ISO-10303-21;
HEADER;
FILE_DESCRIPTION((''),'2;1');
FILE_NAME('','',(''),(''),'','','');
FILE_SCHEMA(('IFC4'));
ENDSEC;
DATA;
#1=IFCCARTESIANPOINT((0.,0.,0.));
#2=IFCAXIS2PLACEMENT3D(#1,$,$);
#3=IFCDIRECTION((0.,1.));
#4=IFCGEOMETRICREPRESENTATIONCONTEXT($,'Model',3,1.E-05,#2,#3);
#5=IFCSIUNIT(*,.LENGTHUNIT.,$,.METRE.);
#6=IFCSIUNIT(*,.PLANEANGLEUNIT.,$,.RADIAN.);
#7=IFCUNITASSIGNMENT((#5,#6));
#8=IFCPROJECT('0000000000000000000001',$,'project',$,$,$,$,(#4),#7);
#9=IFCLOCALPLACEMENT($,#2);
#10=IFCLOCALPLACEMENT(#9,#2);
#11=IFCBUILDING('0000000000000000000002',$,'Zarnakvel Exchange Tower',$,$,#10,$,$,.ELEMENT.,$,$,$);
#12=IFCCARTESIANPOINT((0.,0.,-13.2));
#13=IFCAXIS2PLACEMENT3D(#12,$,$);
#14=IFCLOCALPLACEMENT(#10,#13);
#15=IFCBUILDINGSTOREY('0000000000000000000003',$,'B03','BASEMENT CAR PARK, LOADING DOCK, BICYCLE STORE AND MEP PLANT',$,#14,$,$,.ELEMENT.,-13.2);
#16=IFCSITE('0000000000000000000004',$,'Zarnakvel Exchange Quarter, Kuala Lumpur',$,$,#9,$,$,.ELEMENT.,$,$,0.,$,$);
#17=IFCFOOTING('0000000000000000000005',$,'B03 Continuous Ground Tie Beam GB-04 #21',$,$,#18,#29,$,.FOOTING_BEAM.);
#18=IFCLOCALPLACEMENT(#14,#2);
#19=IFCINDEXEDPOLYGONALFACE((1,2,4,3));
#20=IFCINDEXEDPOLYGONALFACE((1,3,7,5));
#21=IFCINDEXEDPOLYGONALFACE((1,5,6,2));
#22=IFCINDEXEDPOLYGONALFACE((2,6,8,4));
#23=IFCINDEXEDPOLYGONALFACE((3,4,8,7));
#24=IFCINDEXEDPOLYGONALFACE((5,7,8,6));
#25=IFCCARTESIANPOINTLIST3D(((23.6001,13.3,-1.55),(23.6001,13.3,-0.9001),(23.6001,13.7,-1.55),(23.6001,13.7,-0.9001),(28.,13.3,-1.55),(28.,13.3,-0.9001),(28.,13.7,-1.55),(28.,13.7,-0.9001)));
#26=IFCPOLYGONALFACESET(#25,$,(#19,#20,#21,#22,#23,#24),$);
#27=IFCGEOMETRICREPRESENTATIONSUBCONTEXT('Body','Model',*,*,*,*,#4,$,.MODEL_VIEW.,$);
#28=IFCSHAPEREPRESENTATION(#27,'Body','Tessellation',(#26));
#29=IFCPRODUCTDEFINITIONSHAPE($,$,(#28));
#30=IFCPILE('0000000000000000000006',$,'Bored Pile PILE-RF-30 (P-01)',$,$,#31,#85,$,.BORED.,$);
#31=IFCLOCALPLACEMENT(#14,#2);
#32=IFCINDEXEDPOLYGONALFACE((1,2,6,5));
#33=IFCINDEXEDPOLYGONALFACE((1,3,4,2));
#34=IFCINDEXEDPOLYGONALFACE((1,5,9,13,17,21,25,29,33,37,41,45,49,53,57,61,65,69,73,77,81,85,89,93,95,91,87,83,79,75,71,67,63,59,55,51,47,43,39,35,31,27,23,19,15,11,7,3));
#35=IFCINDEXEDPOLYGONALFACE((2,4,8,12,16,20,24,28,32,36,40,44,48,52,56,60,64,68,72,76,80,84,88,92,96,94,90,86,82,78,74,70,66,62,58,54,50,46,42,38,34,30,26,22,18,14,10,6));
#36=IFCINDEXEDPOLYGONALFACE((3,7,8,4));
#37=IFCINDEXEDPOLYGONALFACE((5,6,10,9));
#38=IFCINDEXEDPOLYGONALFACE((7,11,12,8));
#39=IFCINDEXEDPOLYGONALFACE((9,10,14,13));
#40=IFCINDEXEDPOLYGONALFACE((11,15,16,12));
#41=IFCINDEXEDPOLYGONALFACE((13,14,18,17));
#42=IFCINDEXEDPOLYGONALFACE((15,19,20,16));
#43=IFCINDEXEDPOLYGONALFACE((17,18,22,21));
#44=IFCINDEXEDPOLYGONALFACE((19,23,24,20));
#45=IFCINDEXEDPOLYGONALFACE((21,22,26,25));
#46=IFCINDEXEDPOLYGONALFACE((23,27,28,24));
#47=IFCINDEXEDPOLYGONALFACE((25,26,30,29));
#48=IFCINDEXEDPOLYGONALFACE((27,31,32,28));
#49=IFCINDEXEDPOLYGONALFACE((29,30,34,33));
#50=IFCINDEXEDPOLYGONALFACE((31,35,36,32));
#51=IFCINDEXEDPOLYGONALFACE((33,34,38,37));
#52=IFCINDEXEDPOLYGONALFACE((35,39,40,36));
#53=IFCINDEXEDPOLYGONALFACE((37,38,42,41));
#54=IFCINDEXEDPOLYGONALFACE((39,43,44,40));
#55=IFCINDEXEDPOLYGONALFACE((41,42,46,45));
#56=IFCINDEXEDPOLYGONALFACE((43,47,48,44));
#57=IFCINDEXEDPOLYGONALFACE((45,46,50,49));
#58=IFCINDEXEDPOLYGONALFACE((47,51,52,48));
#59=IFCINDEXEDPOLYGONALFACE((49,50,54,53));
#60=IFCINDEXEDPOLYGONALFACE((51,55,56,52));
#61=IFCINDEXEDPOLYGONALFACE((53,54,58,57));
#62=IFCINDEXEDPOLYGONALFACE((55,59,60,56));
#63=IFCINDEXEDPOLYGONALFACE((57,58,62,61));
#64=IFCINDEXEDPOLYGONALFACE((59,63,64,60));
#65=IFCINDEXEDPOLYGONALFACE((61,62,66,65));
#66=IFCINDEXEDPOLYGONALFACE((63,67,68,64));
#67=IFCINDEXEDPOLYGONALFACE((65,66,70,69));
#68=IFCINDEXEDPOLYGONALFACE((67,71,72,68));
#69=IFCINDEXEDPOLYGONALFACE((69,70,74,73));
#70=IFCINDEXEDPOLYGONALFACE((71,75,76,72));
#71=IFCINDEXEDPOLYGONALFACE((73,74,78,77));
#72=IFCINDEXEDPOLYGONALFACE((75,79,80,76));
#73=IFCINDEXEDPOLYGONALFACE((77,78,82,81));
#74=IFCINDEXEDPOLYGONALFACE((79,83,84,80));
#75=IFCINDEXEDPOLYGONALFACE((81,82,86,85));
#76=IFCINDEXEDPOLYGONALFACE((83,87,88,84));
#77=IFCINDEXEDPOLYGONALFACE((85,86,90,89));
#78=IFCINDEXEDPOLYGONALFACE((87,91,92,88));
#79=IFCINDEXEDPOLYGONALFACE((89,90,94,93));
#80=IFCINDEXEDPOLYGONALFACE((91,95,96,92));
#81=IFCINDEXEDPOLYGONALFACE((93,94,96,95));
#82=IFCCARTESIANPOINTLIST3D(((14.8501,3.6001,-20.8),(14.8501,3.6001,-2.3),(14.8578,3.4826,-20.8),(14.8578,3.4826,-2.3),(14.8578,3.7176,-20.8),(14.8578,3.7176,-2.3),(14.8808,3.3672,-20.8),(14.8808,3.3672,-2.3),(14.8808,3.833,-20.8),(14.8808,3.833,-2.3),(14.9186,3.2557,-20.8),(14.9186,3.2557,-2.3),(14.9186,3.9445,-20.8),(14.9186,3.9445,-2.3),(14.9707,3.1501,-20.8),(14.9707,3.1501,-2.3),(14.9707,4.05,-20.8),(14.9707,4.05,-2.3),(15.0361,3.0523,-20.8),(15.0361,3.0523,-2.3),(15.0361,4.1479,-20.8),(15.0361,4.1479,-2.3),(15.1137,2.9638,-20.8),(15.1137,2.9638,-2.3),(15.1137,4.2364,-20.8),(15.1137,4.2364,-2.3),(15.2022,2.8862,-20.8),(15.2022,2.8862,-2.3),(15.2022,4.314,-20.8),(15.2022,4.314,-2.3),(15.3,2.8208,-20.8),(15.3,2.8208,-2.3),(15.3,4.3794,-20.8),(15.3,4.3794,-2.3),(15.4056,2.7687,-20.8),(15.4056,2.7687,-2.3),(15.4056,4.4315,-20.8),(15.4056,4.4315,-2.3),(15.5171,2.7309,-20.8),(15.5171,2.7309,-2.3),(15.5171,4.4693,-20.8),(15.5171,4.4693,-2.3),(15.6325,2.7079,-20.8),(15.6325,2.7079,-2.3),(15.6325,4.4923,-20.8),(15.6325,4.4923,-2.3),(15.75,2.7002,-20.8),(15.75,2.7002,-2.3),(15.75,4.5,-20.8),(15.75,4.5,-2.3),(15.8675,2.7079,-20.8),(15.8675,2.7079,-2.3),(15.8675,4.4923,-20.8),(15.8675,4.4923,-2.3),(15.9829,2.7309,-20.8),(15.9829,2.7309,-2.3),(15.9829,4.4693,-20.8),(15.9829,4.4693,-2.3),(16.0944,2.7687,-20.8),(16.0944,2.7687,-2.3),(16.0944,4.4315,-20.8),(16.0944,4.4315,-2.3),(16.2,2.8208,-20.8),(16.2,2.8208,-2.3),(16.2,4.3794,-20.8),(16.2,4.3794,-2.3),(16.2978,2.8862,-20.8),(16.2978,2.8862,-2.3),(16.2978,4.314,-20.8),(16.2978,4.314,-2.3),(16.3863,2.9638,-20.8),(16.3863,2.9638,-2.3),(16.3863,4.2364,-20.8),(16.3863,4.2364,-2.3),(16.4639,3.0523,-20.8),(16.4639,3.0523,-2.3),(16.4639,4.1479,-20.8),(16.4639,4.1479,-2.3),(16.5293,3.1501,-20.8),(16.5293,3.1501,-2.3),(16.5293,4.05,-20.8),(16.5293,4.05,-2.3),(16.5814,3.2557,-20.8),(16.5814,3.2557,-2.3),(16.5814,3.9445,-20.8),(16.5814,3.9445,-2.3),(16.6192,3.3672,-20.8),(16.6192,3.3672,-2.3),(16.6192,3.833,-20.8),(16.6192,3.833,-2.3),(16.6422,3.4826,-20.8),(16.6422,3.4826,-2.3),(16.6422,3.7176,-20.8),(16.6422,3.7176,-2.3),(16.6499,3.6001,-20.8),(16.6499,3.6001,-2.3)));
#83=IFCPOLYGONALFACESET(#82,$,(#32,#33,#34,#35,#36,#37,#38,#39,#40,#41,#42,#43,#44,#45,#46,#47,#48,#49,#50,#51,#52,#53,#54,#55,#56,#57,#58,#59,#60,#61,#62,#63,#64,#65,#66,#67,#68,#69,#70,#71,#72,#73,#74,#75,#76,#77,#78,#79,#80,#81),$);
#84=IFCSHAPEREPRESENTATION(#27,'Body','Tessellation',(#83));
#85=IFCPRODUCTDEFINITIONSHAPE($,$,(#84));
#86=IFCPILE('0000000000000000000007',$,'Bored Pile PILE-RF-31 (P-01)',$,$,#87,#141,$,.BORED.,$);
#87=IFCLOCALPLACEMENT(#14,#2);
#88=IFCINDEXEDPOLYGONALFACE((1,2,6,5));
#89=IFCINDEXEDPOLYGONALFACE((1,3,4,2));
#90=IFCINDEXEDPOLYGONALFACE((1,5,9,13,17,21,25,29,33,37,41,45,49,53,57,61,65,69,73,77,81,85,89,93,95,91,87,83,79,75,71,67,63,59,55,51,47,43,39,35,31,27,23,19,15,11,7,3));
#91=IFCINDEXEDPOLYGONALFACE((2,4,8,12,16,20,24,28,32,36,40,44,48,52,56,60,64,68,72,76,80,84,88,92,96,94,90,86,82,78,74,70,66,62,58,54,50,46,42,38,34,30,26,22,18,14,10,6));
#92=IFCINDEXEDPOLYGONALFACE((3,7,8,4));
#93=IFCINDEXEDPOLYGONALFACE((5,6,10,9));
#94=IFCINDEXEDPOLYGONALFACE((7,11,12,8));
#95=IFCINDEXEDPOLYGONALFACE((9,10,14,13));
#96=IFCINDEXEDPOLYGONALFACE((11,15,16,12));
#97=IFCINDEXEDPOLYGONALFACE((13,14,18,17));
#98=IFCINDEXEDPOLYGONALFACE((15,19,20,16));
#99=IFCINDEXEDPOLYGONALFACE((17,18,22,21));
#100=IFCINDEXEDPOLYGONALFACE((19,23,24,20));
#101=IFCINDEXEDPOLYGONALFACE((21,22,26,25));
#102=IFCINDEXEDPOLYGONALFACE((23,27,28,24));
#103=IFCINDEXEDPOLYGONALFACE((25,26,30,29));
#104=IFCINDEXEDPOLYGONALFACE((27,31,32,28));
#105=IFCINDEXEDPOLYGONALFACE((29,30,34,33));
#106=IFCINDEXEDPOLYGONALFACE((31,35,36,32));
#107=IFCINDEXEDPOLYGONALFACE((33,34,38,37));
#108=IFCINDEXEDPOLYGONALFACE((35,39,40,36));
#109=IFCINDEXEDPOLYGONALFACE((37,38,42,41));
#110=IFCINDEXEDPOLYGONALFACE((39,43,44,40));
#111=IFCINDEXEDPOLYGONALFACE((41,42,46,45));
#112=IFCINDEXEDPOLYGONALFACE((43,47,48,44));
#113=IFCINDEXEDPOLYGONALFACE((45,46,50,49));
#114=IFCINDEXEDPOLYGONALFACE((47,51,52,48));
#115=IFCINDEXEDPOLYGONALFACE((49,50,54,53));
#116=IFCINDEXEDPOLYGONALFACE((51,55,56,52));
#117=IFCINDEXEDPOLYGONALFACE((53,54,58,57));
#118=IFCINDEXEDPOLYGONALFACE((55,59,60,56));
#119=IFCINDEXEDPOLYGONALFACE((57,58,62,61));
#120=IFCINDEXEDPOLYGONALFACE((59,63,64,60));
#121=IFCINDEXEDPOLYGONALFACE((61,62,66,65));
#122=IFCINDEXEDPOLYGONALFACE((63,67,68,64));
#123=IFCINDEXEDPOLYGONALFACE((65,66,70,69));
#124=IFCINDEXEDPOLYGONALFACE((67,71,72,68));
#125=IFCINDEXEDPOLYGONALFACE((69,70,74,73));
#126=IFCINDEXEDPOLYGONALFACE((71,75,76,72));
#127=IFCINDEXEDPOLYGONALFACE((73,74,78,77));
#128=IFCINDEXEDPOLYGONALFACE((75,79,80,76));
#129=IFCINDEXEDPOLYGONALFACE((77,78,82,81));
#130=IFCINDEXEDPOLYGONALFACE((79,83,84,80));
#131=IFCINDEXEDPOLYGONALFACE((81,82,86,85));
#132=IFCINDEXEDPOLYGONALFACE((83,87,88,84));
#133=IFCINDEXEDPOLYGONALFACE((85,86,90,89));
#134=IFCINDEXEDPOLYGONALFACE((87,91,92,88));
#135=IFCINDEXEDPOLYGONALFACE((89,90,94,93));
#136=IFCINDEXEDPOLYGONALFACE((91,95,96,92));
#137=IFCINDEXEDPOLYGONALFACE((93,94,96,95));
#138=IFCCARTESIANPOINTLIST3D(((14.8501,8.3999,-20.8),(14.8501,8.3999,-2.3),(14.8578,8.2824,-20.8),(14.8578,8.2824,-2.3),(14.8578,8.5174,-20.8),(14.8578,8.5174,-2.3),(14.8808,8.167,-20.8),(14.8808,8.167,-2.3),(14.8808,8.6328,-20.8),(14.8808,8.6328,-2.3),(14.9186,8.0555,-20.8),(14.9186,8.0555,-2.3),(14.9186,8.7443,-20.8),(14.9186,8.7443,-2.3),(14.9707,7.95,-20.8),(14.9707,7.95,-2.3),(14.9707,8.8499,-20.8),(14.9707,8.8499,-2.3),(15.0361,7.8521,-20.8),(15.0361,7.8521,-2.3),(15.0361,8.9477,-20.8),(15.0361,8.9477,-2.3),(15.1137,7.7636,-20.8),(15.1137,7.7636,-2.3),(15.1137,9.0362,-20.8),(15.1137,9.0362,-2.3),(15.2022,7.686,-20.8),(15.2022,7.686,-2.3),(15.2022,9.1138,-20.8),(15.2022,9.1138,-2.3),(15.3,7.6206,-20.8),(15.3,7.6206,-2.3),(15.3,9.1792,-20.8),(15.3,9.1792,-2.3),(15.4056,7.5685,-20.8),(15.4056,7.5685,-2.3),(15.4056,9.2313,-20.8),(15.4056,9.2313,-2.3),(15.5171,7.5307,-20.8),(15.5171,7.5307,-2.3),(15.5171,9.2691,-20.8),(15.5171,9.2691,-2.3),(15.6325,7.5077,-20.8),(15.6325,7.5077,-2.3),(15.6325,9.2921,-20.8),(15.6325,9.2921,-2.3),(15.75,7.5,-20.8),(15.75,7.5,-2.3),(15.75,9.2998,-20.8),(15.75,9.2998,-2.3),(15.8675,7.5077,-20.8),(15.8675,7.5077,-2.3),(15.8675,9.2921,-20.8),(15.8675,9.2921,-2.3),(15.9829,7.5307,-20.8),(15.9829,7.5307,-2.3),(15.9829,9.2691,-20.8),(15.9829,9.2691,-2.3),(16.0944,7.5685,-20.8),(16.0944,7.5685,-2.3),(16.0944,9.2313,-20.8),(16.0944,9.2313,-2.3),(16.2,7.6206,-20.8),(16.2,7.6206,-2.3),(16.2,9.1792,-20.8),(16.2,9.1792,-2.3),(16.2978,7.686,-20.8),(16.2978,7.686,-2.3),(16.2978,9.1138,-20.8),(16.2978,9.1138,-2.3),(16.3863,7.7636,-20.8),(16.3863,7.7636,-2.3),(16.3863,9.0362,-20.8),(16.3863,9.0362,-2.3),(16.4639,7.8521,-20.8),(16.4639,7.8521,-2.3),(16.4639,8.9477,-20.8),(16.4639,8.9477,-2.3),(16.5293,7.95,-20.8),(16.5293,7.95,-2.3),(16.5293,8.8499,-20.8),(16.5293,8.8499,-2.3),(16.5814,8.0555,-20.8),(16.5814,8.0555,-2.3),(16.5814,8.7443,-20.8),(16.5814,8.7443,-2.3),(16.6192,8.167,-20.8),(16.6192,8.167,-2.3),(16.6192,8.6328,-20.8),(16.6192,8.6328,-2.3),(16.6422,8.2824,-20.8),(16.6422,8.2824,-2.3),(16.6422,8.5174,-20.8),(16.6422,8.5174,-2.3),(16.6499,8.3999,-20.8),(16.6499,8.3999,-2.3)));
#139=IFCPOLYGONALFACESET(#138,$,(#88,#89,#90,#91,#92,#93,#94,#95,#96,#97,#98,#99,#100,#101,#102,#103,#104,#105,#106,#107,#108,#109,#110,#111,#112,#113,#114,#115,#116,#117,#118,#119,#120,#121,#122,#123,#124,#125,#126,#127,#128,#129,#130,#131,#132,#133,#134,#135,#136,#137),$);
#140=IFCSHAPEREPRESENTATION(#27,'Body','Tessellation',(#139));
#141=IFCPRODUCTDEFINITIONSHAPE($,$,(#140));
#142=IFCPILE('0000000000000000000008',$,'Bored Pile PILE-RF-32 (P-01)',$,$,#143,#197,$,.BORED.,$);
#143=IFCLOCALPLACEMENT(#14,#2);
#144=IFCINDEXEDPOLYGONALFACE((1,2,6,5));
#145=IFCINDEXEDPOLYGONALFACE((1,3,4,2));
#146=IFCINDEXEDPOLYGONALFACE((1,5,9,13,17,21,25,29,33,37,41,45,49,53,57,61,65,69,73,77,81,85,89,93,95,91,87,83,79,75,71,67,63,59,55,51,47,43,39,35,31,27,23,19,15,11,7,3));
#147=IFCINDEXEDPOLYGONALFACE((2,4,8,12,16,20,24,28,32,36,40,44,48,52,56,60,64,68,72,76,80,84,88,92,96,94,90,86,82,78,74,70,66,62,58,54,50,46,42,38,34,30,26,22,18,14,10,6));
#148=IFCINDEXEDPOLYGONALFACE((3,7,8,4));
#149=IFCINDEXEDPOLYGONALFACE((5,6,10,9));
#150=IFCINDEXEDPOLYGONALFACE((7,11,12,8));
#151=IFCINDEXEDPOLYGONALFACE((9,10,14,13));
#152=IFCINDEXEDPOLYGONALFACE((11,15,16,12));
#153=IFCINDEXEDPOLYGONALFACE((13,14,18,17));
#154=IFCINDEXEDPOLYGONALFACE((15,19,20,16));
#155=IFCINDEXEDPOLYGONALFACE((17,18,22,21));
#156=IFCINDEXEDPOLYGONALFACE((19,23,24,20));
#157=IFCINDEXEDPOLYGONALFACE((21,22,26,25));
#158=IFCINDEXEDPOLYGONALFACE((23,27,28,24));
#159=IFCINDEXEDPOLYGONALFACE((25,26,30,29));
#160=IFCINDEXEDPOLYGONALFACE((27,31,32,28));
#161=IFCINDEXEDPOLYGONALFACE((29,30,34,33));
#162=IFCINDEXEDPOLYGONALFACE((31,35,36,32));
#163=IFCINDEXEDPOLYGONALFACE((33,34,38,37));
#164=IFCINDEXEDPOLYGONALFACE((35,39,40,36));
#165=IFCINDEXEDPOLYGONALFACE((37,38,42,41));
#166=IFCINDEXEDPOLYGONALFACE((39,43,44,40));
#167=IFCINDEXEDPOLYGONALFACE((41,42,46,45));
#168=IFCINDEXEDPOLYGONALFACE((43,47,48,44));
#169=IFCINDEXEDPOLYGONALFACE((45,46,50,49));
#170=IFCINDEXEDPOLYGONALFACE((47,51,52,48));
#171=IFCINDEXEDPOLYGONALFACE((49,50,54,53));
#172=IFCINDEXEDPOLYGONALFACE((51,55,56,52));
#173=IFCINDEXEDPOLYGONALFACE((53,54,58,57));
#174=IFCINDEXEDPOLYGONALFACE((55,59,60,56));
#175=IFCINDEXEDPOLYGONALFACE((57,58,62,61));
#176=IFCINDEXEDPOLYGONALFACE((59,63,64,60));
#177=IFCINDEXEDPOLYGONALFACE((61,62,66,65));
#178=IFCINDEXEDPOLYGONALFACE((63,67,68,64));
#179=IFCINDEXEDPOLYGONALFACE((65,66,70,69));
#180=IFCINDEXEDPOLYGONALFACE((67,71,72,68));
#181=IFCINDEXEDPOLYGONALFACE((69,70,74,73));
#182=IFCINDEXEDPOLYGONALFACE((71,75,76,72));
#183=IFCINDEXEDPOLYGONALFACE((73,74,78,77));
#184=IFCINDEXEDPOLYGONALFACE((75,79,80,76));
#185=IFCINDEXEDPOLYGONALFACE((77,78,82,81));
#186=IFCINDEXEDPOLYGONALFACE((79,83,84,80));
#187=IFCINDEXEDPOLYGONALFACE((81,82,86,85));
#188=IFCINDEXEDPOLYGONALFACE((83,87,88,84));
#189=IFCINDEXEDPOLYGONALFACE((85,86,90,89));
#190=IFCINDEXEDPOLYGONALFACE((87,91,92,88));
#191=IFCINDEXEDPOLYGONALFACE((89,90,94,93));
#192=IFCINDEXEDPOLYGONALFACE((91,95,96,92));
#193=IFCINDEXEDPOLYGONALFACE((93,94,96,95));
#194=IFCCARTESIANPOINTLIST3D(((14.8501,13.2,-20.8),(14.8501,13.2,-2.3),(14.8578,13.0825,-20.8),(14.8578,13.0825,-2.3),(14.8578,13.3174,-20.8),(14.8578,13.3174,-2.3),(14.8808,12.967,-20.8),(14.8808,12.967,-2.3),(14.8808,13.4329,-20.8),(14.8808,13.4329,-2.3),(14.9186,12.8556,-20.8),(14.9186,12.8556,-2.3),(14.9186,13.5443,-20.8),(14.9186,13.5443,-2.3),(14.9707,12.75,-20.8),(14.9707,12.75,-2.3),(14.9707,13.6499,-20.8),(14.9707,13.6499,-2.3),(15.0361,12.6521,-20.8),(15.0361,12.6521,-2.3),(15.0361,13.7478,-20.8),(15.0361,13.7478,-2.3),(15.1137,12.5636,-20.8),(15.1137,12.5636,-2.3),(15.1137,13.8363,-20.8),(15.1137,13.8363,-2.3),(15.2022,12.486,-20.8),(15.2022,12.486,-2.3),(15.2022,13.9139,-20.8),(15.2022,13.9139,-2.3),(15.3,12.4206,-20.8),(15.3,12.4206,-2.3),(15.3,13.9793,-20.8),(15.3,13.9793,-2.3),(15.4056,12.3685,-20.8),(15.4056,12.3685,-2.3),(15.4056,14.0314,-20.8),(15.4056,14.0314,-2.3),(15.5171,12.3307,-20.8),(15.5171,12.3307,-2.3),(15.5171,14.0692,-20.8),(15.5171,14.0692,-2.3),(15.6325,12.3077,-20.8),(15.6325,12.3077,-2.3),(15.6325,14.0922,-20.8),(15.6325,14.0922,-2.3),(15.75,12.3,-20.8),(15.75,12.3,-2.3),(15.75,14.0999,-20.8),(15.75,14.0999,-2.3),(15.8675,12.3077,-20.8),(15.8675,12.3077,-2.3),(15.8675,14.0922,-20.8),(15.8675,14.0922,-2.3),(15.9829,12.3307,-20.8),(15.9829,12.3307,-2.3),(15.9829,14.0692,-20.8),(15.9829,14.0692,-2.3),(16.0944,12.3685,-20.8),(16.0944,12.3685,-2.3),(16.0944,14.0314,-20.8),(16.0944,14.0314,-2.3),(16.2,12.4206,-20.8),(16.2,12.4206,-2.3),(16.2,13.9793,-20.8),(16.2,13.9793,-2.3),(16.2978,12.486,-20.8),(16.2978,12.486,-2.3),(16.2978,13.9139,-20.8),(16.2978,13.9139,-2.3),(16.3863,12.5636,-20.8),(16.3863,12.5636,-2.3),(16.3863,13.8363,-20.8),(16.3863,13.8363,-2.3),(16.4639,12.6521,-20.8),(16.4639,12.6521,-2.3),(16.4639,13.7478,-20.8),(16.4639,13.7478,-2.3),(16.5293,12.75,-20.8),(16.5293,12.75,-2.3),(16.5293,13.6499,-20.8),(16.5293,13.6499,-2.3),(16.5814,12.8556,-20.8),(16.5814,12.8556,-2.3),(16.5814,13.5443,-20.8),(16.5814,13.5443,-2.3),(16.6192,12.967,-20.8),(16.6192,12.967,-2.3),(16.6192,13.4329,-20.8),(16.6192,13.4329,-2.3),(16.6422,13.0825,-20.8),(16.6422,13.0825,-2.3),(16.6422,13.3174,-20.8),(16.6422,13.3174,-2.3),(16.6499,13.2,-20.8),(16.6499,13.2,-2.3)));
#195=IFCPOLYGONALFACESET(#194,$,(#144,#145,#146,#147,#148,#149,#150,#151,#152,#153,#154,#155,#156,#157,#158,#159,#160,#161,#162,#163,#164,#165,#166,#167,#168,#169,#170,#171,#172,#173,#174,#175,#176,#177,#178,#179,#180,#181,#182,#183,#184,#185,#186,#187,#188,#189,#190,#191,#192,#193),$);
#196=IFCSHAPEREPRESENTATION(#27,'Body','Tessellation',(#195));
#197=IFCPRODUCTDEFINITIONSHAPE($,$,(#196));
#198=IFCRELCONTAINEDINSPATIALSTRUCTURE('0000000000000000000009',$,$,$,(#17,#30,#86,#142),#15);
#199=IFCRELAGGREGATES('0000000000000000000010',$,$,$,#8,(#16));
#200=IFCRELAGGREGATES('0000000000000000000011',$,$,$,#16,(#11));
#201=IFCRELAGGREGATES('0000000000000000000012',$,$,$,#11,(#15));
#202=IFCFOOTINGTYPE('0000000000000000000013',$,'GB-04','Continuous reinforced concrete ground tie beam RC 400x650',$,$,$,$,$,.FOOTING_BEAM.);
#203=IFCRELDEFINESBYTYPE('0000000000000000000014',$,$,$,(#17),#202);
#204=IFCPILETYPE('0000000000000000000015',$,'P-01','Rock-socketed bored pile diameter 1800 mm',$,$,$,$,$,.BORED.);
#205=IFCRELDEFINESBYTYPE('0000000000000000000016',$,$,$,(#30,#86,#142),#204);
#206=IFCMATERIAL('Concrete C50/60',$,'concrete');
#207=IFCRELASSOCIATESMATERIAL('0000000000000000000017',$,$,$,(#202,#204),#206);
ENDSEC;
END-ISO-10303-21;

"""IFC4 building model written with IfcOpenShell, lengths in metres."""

from ifc_helpers import new_model, si_unit, direction, frame, origin, origin_2d, place, context, subcontext, project, spatial, rectangle, circle, extrude, material, material_profile, profile_set, type_object, element, save


model = new_model("IFC4")

# Units and contexts
model_context = context("Model", 3, precision=1e-05, world=origin(), true_north=direction((0.0, 1.0)))
body_context = subcontext(model_context, "Body", "Model", "MODEL_VIEW")
ifc_project = project(units=[si_unit("LENGTHUNIT", "METRE"), si_unit("PLANEANGLEUNIT", "RADIAN")], contexts=[model_context])

# Site, building, storey
site_placement = place(None, origin())
site = spatial("IfcSite", under=ifc_project, at=site_placement, Name="Zarnakvel Exchange Quarter, Kuala Lumpur", CompositionType="ELEMENT", RefElevation=0.0)
building_placement = place(site_placement, origin())
building = spatial("IfcBuilding", under=site, at=building_placement, Name="Zarnakvel Exchange Tower", CompositionType="ELEMENT")
storey_placement = place(building_placement, frame((0.0, 0.0, -13.2)))
storey = spatial("IfcBuildingStorey", under=building, at=storey_placement, Name="B03", Description="BASEMENT CAR PARK, LOADING DOCK, BICYCLE STORE AND MEP PLANT", CompositionType="ELEMENT", Elevation=-13.2)

# Footing
ifc_material_1 = material(Name="Concrete C50/60", Category="concrete")
ifc_material_profile_1 = material_profile(ifc_material_1, rectangle(XDim=0.3999, YDim=0.6499, at=origin_2d()))
ifc_profile_set_1 = profile_set([ifc_material_profile_1], Name="Concrete C50/60")
footing_type_1 = type_object("IfcFootingType", Name="GB-04", Description="Continuous reinforced concrete ground tie beam RC 400x650", PredefinedType="FOOTING_BEAM", material=ifc_profile_set_1)
footing_1_placement = place(storey_placement, frame((23.6001, 13.5, -1.2251), z_axis=(1.0, 0.0, 0.0), x_axis=(0.0, 1.0, 0.0)))
element("IfcFooting", 1, at=footing_1_placement, inside=storey, type_object=footing_type_1, Name="B03 Continuous Ground Tie Beam GB-04 #21", PredefinedType="FOOTING_BEAM", context=body_context, shape_type="SweptSolid", body=[
    extrude(rectangle(XDim=0.3999, YDim=0.6499, at=origin_2d()), origin(), (0.0, 0.0, 1.0), 4.3999),
])

# Piles
ifc_material_profile_2 = material_profile(ifc_material_1, circle(Radius=0.8999, at=origin_2d()))
ifc_profile_set_2 = profile_set([ifc_material_profile_2], Name="Concrete C50/60")
pile_type_1 = type_object("IfcPileType", Name="P-01", Description="Rock-socketed bored pile diameter 1800 mm", PredefinedType="BORED", material=ifc_profile_set_2)
for number, where, z_axis, x_axis, name in (
    (2, (15.75, 3.6001, -2.3), (0.0, 0.0, -1.0), (1.0, 0.0, 0.0), "Bored Pile PILE-RF-30 (P-01)"),
    (3, (15.75, 8.3999, -2.3), (0.0, 0.0, -1.0), (1.0, 0.0, 0.0), "Bored Pile PILE-RF-31 (P-01)"),
    (4, (15.75, 13.2, -2.3), (0.0, 0.0, -1.0), (1.0, 0.0, 0.0), "Bored Pile PILE-RF-32 (P-01)"),
):
    element("IfcPile", number, at=place(storey_placement, frame(where, z_axis=z_axis, x_axis=x_axis)), inside=storey, type_object=pile_type_1, Name=name, PredefinedType="BORED", context=body_context, shape_type="SweptSolid", body=[
        extrude(circle(Radius=0.8999, at=origin_2d()), origin(), (0.0, 0.0, 1.0), 18.5),
    ])

save(model, "model.ifc")
